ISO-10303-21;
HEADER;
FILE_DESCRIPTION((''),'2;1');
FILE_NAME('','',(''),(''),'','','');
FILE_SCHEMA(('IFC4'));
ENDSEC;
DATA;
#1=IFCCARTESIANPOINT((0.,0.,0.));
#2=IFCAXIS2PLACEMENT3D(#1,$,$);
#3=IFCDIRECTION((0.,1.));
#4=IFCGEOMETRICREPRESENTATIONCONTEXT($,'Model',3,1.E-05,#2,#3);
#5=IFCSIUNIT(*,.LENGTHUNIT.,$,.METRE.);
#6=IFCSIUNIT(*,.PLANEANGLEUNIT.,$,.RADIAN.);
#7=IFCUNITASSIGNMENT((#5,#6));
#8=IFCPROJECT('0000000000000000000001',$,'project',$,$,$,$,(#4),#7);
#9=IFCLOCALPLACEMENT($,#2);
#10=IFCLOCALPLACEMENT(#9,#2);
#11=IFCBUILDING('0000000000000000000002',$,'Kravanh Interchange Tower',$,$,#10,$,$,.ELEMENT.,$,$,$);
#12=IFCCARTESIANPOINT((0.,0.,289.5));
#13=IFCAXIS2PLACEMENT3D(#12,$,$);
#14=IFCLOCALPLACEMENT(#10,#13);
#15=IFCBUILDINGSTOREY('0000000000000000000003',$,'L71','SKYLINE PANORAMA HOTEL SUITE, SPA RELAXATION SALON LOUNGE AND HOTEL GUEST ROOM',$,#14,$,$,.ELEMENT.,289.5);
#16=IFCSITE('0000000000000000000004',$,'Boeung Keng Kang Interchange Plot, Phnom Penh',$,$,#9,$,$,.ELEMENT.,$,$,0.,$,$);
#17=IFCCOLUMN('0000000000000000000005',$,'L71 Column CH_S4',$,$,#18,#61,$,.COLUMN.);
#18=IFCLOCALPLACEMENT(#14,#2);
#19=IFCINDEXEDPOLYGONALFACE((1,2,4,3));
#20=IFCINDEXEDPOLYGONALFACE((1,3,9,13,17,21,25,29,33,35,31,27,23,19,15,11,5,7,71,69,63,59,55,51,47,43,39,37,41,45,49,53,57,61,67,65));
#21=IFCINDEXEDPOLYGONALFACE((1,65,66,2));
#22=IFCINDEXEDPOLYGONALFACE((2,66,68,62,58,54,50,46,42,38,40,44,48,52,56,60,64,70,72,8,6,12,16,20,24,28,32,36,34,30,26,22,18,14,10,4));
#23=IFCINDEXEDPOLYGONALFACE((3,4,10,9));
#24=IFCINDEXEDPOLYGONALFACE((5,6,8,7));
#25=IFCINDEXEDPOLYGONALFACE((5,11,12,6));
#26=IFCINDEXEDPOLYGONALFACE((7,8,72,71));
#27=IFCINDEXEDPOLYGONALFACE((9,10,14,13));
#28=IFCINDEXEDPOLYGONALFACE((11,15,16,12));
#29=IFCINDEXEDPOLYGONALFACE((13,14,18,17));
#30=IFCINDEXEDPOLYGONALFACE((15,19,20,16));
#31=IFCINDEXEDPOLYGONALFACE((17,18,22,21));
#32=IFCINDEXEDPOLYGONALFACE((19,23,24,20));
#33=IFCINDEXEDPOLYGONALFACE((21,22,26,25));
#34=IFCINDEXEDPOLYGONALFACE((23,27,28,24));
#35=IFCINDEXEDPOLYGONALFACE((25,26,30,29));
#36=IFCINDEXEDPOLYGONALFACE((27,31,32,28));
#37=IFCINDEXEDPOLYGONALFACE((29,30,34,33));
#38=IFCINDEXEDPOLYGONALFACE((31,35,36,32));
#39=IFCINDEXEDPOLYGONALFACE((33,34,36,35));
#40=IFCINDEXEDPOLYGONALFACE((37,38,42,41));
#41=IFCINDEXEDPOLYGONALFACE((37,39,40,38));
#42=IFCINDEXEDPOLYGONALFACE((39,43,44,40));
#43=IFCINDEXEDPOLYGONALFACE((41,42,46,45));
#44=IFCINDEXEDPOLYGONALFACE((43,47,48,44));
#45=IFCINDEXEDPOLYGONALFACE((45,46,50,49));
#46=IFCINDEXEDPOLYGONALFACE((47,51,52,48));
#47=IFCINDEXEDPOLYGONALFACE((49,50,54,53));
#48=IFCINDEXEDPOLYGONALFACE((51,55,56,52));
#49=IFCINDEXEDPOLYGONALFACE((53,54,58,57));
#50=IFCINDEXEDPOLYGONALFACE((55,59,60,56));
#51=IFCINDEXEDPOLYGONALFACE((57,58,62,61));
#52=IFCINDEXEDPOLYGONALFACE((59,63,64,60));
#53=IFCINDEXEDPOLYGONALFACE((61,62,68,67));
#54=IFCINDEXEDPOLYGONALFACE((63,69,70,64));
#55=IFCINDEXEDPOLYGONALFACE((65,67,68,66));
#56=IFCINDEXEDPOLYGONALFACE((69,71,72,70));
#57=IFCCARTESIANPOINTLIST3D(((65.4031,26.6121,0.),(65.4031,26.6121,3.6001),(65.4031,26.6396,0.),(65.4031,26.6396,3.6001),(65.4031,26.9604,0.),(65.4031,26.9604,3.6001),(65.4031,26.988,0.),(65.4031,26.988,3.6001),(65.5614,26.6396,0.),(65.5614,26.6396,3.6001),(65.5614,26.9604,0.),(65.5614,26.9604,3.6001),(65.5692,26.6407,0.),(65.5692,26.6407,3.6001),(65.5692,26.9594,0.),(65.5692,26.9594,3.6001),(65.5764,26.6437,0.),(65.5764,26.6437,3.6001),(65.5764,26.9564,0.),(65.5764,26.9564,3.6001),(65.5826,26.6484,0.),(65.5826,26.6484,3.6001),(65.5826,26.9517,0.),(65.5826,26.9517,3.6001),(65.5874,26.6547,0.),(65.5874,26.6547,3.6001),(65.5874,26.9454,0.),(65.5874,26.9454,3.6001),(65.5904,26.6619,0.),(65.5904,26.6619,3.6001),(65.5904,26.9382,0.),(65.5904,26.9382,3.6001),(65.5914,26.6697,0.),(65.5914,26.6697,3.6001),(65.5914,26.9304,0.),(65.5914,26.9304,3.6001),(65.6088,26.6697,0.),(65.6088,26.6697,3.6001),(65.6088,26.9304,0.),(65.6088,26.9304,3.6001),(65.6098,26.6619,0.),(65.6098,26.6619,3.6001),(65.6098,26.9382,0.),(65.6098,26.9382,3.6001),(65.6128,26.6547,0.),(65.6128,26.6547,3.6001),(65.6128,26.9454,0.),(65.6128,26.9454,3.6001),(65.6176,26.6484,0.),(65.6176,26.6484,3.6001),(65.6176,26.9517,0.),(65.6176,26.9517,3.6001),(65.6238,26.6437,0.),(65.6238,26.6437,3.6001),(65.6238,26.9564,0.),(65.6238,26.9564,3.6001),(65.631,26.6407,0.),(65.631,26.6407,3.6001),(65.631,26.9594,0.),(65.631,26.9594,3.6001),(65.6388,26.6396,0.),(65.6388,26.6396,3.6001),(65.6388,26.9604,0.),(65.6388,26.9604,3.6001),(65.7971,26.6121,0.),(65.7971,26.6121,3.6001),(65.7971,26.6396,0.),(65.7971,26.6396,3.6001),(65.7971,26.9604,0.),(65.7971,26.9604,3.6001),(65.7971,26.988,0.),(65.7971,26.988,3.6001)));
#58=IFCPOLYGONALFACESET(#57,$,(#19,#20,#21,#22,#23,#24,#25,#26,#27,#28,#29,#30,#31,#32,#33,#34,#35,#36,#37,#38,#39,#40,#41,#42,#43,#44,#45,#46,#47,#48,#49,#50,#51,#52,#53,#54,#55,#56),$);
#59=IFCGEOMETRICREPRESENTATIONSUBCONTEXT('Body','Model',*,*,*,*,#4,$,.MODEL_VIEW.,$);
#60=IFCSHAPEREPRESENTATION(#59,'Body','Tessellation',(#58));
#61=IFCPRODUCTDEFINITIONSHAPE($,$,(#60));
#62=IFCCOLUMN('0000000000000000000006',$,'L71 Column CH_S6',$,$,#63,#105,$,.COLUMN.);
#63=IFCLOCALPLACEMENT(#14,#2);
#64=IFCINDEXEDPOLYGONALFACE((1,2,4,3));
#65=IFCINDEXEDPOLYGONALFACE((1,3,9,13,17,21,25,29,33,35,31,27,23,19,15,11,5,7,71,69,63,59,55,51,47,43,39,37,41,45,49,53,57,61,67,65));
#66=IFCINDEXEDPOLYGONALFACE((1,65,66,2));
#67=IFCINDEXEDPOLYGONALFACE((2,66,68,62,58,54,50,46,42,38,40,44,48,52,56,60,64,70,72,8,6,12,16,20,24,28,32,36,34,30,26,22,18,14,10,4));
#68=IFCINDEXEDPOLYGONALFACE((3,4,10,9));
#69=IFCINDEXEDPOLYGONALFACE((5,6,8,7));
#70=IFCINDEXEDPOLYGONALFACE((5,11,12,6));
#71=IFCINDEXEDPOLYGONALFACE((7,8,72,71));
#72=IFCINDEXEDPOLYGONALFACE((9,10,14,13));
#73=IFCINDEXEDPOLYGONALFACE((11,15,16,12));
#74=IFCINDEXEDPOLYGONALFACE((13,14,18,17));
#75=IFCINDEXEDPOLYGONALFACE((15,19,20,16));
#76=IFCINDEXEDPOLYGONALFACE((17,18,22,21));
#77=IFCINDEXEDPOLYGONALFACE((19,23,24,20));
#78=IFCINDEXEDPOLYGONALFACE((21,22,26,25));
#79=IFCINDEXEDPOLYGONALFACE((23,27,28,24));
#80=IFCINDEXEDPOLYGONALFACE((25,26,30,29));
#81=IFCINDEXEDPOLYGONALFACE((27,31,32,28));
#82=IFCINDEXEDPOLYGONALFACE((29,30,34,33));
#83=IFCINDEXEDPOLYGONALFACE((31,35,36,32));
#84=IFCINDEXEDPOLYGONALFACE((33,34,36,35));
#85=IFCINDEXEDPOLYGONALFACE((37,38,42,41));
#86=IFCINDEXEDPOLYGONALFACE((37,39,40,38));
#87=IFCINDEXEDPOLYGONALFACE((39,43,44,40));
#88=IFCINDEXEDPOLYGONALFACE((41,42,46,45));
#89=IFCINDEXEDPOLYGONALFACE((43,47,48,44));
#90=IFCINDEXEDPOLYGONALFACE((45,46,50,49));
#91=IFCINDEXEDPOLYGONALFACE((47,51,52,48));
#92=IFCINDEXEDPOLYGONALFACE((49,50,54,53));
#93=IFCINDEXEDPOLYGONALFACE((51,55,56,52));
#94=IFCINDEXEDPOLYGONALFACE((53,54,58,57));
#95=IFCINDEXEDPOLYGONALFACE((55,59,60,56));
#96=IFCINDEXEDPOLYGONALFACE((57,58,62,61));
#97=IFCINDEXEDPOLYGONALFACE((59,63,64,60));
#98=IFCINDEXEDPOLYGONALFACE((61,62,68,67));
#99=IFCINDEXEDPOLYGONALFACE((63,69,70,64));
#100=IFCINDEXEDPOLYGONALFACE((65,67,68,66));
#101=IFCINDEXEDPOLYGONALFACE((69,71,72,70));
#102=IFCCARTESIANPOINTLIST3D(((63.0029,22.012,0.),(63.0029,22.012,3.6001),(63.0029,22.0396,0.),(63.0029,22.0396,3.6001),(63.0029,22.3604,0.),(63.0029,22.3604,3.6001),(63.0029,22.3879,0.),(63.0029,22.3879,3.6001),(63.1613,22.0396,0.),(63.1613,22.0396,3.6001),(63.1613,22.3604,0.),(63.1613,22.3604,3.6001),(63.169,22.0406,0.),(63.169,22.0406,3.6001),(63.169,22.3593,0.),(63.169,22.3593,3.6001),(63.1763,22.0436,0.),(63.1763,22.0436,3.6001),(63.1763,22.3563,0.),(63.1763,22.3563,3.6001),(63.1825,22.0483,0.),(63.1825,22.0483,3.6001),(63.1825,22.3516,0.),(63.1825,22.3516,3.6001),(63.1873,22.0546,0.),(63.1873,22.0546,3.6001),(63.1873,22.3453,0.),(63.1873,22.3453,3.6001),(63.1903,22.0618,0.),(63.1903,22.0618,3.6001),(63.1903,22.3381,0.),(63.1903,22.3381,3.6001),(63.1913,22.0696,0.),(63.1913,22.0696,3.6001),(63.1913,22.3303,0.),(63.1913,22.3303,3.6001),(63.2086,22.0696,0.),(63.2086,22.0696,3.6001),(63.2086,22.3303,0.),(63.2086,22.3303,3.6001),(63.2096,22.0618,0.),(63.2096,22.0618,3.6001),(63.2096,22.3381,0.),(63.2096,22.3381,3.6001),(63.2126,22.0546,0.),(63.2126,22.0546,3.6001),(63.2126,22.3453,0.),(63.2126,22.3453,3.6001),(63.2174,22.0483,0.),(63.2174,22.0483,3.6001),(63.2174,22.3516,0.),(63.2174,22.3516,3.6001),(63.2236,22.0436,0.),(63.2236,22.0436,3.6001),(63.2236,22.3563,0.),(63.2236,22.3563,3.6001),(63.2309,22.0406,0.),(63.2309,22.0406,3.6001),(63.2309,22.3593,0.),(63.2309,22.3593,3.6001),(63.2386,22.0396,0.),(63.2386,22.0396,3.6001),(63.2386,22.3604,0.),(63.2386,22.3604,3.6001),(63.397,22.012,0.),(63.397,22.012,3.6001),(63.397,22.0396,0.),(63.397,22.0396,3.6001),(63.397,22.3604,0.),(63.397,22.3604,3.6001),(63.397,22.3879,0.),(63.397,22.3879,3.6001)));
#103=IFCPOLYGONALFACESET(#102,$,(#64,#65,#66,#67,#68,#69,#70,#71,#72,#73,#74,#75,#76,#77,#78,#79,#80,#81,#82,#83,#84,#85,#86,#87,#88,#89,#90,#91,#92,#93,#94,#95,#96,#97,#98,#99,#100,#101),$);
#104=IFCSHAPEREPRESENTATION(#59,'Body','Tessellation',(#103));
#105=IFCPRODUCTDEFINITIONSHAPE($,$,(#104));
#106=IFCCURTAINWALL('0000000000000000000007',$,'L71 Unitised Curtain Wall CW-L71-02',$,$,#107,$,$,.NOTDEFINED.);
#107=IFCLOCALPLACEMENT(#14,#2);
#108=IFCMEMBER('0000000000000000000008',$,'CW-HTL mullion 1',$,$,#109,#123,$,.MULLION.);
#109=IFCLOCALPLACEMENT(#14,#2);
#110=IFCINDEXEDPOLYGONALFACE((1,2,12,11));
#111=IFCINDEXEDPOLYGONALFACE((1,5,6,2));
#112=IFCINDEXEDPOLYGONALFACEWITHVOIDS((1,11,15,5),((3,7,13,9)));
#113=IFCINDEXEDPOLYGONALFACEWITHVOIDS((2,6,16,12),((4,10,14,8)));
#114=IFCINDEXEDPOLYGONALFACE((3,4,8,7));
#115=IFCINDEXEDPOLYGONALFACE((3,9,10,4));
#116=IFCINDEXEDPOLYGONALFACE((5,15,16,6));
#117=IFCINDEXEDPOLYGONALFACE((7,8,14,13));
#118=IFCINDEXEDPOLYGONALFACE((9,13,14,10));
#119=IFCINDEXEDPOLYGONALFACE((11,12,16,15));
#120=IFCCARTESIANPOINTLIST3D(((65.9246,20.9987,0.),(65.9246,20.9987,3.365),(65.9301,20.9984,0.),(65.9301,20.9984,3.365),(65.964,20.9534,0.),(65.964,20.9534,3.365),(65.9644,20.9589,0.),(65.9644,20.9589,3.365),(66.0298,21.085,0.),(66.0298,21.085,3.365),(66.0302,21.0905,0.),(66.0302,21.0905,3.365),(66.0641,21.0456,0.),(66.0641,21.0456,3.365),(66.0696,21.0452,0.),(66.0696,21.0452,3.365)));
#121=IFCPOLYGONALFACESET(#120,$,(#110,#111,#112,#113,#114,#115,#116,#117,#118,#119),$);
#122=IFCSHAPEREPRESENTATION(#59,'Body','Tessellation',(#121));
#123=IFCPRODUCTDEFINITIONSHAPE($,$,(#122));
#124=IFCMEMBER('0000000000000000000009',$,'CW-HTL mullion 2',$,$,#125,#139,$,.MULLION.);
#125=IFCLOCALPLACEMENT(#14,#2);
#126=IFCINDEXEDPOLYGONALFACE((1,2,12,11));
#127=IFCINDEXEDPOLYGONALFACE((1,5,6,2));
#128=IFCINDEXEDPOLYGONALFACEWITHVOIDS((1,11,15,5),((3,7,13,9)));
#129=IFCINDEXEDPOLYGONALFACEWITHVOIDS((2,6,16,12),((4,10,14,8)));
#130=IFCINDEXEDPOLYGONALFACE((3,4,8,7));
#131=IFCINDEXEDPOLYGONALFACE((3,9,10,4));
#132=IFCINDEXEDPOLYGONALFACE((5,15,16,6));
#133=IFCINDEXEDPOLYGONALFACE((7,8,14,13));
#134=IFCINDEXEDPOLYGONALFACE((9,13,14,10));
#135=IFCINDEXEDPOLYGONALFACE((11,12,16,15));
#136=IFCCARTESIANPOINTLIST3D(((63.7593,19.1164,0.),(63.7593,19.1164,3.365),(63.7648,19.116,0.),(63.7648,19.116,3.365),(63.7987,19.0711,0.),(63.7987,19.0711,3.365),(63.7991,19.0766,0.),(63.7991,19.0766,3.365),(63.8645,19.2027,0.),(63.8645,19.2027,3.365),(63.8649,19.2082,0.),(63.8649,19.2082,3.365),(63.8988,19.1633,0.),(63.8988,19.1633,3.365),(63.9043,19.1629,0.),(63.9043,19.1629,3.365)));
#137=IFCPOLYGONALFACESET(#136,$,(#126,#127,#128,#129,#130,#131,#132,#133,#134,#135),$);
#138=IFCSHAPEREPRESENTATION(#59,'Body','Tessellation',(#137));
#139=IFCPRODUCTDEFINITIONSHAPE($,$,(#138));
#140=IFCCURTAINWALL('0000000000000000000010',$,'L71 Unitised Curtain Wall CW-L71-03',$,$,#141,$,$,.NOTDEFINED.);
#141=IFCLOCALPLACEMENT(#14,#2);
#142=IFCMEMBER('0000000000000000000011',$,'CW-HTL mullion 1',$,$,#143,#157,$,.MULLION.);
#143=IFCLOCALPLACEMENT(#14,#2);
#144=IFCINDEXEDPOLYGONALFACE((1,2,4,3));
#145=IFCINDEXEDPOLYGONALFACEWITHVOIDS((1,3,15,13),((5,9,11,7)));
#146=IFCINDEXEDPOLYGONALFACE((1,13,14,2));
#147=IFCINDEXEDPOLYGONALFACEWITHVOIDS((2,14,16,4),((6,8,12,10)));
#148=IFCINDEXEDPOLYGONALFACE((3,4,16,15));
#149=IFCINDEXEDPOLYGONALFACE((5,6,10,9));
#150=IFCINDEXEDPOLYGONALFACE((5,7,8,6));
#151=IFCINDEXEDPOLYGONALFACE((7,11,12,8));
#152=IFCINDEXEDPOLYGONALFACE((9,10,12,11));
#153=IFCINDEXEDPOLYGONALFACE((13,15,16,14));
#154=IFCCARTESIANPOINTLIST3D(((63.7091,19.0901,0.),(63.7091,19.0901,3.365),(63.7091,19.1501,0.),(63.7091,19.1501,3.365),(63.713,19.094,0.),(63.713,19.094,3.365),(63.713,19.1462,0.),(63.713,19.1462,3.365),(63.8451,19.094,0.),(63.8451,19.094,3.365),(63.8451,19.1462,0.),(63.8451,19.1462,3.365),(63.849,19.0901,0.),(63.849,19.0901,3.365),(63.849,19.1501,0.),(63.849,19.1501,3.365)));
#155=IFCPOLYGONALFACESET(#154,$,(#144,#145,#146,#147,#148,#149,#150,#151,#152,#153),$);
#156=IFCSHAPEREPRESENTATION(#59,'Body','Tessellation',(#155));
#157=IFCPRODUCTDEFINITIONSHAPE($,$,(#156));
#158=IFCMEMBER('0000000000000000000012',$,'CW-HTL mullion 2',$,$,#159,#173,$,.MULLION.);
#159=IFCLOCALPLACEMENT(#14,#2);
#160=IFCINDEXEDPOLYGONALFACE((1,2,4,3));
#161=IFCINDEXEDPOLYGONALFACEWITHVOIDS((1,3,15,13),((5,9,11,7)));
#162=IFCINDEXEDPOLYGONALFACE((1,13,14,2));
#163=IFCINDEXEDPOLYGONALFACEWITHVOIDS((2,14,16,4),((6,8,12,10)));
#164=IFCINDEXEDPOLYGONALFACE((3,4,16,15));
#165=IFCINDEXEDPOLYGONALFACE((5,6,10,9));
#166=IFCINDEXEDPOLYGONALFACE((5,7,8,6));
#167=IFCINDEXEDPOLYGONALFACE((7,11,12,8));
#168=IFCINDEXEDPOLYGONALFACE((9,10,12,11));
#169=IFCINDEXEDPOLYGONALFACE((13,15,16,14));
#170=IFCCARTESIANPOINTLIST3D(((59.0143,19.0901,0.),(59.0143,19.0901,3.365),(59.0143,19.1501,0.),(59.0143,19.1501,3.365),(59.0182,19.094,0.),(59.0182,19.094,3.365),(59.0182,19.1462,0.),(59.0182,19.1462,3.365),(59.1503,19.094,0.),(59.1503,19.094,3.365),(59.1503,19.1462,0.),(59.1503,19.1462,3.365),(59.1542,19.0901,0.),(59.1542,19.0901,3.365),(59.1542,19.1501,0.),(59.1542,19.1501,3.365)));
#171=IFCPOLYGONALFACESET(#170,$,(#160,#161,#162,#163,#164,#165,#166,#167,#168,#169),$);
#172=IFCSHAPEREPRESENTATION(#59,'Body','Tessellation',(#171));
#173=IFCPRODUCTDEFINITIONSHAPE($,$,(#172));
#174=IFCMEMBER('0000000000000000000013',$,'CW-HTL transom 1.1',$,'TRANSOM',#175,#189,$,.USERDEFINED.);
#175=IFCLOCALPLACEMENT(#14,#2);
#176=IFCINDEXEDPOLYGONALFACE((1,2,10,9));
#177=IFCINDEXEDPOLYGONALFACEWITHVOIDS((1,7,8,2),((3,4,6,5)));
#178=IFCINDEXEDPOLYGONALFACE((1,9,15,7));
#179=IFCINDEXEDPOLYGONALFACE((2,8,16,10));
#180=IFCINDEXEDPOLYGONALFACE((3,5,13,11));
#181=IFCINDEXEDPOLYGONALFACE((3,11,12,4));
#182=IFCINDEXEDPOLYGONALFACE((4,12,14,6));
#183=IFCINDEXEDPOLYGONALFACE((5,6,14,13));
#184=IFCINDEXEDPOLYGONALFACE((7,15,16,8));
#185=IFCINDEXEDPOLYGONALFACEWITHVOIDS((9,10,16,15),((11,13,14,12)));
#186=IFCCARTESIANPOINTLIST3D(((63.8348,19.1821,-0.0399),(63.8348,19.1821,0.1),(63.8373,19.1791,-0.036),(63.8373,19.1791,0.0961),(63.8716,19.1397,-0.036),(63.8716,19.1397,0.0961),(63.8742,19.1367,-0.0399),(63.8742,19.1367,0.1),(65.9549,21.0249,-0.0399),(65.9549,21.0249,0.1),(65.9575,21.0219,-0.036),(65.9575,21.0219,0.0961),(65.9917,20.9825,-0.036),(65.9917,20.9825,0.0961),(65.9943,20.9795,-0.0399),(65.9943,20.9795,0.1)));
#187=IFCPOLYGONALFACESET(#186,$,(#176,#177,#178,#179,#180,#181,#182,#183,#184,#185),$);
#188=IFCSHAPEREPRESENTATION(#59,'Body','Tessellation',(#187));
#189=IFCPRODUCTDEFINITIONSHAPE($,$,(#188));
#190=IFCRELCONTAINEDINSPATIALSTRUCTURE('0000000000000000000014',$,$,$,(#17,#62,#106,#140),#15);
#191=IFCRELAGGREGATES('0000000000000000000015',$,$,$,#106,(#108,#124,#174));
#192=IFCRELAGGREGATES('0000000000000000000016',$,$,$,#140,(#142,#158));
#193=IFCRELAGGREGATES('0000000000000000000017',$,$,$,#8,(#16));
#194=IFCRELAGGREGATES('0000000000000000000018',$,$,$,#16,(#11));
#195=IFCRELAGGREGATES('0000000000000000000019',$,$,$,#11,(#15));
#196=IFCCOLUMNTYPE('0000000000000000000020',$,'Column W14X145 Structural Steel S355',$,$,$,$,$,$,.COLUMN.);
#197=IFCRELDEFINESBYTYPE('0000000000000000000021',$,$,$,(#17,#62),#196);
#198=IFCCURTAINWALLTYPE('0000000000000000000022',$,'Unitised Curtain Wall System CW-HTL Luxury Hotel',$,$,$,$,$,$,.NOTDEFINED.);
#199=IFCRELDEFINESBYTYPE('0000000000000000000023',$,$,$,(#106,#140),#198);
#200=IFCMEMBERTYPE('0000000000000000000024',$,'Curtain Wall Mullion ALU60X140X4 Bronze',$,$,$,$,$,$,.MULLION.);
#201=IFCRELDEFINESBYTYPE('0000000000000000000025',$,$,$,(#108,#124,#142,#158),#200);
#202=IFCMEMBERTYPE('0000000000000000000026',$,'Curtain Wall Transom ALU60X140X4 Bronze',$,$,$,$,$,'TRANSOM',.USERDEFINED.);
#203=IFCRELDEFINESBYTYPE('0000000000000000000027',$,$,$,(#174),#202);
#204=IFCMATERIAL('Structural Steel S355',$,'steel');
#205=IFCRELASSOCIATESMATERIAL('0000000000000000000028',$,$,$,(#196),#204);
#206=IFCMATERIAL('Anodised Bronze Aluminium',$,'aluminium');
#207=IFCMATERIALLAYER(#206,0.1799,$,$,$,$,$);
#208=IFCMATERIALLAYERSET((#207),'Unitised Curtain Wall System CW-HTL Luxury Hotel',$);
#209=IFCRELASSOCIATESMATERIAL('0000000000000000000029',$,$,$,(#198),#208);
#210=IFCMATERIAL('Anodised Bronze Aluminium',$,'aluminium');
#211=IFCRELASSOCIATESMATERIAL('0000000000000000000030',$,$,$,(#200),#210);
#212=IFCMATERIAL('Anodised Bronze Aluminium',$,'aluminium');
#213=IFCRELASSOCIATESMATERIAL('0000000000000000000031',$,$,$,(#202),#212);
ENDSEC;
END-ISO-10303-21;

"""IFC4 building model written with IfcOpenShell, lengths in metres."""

from ifc_helpers import new_model, si_unit, direction, frame, origin, origin_2d, place, context, subcontext, project, spatial, hollow_rectangle, i_section, extrude, material, layer, layer_set, material_profile, profile_set, type_object, element, aggregate, save


model = new_model("IFC4")

# Units and contexts
model_context = context("Model", 3, precision=1e-05, world=origin(), true_north=direction((0.0, 1.0)))
body_context = subcontext(model_context, "Body", "Model", "MODEL_VIEW")
ifc_project = project(units=[si_unit("LENGTHUNIT", "METRE"), si_unit("PLANEANGLEUNIT", "RADIAN")], contexts=[model_context])

# Site, building, storey
site_placement = place(None, origin())
site = spatial("IfcSite", under=ifc_project, at=site_placement, Name="Boeung Keng Kang Interchange Plot, Phnom Penh", CompositionType="ELEMENT", RefElevation=0.0)
building_placement = place(site_placement, origin())
building = spatial("IfcBuilding", under=site, at=building_placement, Name="Kravanh Interchange Tower", CompositionType="ELEMENT")
storey_placement = place(building_placement, frame((0.0, 0.0, 289.5)))
storey = spatial("IfcBuildingStorey", under=building, at=storey_placement, Name="L71", Description="SKYLINE PANORAMA HOTEL SUITE, SPA RELAXATION SALON LOUNGE AND HOTEL GUEST ROOM", CompositionType="ELEMENT", Elevation=289.5)

# Columns
ifc_material_1 = material(Name="Structural Steel S355", Category="steel")
ifc_material_profile_1 = material_profile(ifc_material_1, i_section(OverallWidth=0.394, OverallDepth=0.376, WebThickness=0.0173, FlangeThickness=0.0276, FilletRadius=0.03, at=origin_2d()), Name="W14X145")
ifc_profile_set_1 = profile_set([ifc_material_profile_1], Name="Structural Steel S355")
column_type = type_object("IfcColumnType", Name="Column W14X145 Structural Steel S355", PredefinedType="COLUMN", material=ifc_profile_set_1)
for number, where, z_axis, x_axis, name in (
    (1, (65.6001, 26.8, 0.0), (0.0, 0.0, 1.0), (1.0, 0.0, 0.0), "L71 Column CH_S4"),
    (2, (63.2, 22.2, 0.0), (0.0, 0.0, 1.0), (1.0, 0.0, 0.0), "L71 Column CH_S6"),
):
    element("IfcColumn", number, at=place(storey_placement, frame(where, z_axis=z_axis, x_axis=x_axis)), inside=storey, type_object=column_type, Name=name, PredefinedType="COLUMN", context=body_context, shape_type="SweptSolid", body=[
        extrude(i_section(OverallWidth=0.394, OverallDepth=0.376, WebThickness=0.0173, FlangeThickness=0.0276, FilletRadius=0.03, at=origin_2d()), origin(), (0.0, 0.0, 1.0), 3.6001),
    ])

# Curtain walls, members
ifc_material_2 = material(Name="Anodised Bronze Aluminium", Category="aluminium")
ifc_layer_1 = layer(ifc_material_2, 0.1799)
ifc_layer_set_1 = layer_set([ifc_layer_1], Name="Unitised Curtain Wall System CW-HTL Luxury Hotel")
curtain_wall_type = type_object("IfcCurtainWallType", Name="Unitised Curtain Wall System CW-HTL Luxury Hotel", PredefinedType="NOTDEFINED", material=ifc_layer_set_1)
curtain_wall_1_placement = place(storey_placement, origin())
curtain_wall_1 = element("IfcCurtainWall", 3, at=curtain_wall_1_placement, inside=storey, type_object=curtain_wall_type, Name="L71 Unitised Curtain Wall CW-L71-02", PredefinedType="NOTDEFINED")
ifc_material_3 = material(Name="Anodised Bronze Aluminium", Category="aluminium")
ifc_material_profile_2 = material_profile(ifc_material_3, hollow_rectangle(XDim=0.0601, YDim=0.1399, WallThickness=0.0039, at=origin_2d()), Name="ALU60X140X4")
ifc_profile_set_2 = profile_set([ifc_material_profile_2], Name="Anodised Bronze Aluminium")
member_type_1 = type_object("IfcMemberType", Name="Curtain Wall Mullion ALU60X140X4 Bronze", PredefinedType="MULLION", material=ifc_profile_set_2)
member_1_placement = place(storey_placement, frame((65.9971, 21.022, 0.0), z_axis=(0.0, 0.0, 1.0), x_axis=(0.656033, -0.754732, 0.0)))
member_1 = element("IfcMember", 4, at=member_1_placement, type_object=member_type_1, Name="CW-HTL mullion 1", PredefinedType="MULLION", context=body_context, shape_type="SweptSolid", body=[
    extrude(hollow_rectangle(XDim=0.0601, YDim=0.1399, WallThickness=0.0039, at=origin_2d()), origin(), (0.0, 0.0, 1.0), 3.365),
])
member_2_placement = place(storey_placement, frame((63.8318, 19.1396, 0.0), z_axis=(0.0, 0.0, 1.0), x_axis=(0.656033, -0.754732, 0.0)))
member_2 = element("IfcMember", 5, at=member_2_placement, type_object=member_type_1, Name="CW-HTL mullion 2", PredefinedType="MULLION", context=body_context, shape_type="SweptSolid", body=[
    extrude(hollow_rectangle(XDim=0.0601, YDim=0.1399, WallThickness=0.0039, at=origin_2d()), origin(), (0.0, 0.0, 1.0), 3.365),
])
curtain_wall_2_placement = place(storey_placement, origin())
curtain_wall_2 = element("IfcCurtainWall", 6, at=curtain_wall_2_placement, inside=storey, type_object=curtain_wall_type, Name="L71 Unitised Curtain Wall CW-L71-03", PredefinedType="NOTDEFINED")
member_3_placement = place(storey_placement, frame((63.7791, 19.1201, 0.0), z_axis=(0.0, 0.0, 1.0), x_axis=(0.0, -1.0, 0.0)))
member_3 = element("IfcMember", 7, at=member_3_placement, type_object=member_type_1, Name="CW-HTL mullion 1", PredefinedType="MULLION", context=body_context, shape_type="SweptSolid", body=[
    extrude(hollow_rectangle(XDim=0.0601, YDim=0.1399, WallThickness=0.0039, at=origin_2d()), origin(), (0.0, 0.0, 1.0), 3.365),
])
member_4_placement = place(storey_placement, frame((59.0842, 19.1201, 0.0), z_axis=(0.0, 0.0, 1.0), x_axis=(0.0, -1.0, 0.0)))
member_4 = element("IfcMember", 8, at=member_4_placement, type_object=member_type_1, Name="CW-HTL mullion 2", PredefinedType="MULLION", context=body_context, shape_type="SweptSolid", body=[
    extrude(hollow_rectangle(XDim=0.0601, YDim=0.1399, WallThickness=0.0039, at=origin_2d()), origin(), (0.0, 0.0, 1.0), 3.365),
])

# Member
ifc_material_4 = material(Name="Anodised Bronze Aluminium", Category="aluminium")
ifc_material_profile_3 = material_profile(ifc_material_4, hollow_rectangle(XDim=0.0601, YDim=0.1399, WallThickness=0.0039, at=origin_2d()), Name="ALU60X140X4")
ifc_profile_set_3 = profile_set([ifc_material_profile_3], Name="Anodised Bronze Aluminium")
member_type_2 = type_object("IfcMemberType", Name="Curtain Wall Transom ALU60X140X4 Bronze", ElementType="TRANSOM", PredefinedType="USERDEFINED", material=ifc_profile_set_3)
member_5_placement = place(storey_placement, frame((65.9746, 21.0022, 0.03), z_axis=(-0.754748, -0.656015, 0.0), x_axis=(0.656015, -0.754748, 0.0)))
member_5 = element("IfcMember", 9, at=member_5_placement, type_object=member_type_2, Name="CW-HTL transom 1.1", ObjectType="TRANSOM", PredefinedType="USERDEFINED", context=body_context, shape_type="SweptSolid", body=[
    extrude(hollow_rectangle(XDim=0.0601, YDim=0.1399, WallThickness=0.0039, at=origin_2d()), origin(), (0.0, 0.0, 1.0), 2.8091),
])

aggregate(curtain_wall_1, [member_1, member_2, member_5])
aggregate(curtain_wall_2, [member_3, member_4])

save(model, "model.ifc")
